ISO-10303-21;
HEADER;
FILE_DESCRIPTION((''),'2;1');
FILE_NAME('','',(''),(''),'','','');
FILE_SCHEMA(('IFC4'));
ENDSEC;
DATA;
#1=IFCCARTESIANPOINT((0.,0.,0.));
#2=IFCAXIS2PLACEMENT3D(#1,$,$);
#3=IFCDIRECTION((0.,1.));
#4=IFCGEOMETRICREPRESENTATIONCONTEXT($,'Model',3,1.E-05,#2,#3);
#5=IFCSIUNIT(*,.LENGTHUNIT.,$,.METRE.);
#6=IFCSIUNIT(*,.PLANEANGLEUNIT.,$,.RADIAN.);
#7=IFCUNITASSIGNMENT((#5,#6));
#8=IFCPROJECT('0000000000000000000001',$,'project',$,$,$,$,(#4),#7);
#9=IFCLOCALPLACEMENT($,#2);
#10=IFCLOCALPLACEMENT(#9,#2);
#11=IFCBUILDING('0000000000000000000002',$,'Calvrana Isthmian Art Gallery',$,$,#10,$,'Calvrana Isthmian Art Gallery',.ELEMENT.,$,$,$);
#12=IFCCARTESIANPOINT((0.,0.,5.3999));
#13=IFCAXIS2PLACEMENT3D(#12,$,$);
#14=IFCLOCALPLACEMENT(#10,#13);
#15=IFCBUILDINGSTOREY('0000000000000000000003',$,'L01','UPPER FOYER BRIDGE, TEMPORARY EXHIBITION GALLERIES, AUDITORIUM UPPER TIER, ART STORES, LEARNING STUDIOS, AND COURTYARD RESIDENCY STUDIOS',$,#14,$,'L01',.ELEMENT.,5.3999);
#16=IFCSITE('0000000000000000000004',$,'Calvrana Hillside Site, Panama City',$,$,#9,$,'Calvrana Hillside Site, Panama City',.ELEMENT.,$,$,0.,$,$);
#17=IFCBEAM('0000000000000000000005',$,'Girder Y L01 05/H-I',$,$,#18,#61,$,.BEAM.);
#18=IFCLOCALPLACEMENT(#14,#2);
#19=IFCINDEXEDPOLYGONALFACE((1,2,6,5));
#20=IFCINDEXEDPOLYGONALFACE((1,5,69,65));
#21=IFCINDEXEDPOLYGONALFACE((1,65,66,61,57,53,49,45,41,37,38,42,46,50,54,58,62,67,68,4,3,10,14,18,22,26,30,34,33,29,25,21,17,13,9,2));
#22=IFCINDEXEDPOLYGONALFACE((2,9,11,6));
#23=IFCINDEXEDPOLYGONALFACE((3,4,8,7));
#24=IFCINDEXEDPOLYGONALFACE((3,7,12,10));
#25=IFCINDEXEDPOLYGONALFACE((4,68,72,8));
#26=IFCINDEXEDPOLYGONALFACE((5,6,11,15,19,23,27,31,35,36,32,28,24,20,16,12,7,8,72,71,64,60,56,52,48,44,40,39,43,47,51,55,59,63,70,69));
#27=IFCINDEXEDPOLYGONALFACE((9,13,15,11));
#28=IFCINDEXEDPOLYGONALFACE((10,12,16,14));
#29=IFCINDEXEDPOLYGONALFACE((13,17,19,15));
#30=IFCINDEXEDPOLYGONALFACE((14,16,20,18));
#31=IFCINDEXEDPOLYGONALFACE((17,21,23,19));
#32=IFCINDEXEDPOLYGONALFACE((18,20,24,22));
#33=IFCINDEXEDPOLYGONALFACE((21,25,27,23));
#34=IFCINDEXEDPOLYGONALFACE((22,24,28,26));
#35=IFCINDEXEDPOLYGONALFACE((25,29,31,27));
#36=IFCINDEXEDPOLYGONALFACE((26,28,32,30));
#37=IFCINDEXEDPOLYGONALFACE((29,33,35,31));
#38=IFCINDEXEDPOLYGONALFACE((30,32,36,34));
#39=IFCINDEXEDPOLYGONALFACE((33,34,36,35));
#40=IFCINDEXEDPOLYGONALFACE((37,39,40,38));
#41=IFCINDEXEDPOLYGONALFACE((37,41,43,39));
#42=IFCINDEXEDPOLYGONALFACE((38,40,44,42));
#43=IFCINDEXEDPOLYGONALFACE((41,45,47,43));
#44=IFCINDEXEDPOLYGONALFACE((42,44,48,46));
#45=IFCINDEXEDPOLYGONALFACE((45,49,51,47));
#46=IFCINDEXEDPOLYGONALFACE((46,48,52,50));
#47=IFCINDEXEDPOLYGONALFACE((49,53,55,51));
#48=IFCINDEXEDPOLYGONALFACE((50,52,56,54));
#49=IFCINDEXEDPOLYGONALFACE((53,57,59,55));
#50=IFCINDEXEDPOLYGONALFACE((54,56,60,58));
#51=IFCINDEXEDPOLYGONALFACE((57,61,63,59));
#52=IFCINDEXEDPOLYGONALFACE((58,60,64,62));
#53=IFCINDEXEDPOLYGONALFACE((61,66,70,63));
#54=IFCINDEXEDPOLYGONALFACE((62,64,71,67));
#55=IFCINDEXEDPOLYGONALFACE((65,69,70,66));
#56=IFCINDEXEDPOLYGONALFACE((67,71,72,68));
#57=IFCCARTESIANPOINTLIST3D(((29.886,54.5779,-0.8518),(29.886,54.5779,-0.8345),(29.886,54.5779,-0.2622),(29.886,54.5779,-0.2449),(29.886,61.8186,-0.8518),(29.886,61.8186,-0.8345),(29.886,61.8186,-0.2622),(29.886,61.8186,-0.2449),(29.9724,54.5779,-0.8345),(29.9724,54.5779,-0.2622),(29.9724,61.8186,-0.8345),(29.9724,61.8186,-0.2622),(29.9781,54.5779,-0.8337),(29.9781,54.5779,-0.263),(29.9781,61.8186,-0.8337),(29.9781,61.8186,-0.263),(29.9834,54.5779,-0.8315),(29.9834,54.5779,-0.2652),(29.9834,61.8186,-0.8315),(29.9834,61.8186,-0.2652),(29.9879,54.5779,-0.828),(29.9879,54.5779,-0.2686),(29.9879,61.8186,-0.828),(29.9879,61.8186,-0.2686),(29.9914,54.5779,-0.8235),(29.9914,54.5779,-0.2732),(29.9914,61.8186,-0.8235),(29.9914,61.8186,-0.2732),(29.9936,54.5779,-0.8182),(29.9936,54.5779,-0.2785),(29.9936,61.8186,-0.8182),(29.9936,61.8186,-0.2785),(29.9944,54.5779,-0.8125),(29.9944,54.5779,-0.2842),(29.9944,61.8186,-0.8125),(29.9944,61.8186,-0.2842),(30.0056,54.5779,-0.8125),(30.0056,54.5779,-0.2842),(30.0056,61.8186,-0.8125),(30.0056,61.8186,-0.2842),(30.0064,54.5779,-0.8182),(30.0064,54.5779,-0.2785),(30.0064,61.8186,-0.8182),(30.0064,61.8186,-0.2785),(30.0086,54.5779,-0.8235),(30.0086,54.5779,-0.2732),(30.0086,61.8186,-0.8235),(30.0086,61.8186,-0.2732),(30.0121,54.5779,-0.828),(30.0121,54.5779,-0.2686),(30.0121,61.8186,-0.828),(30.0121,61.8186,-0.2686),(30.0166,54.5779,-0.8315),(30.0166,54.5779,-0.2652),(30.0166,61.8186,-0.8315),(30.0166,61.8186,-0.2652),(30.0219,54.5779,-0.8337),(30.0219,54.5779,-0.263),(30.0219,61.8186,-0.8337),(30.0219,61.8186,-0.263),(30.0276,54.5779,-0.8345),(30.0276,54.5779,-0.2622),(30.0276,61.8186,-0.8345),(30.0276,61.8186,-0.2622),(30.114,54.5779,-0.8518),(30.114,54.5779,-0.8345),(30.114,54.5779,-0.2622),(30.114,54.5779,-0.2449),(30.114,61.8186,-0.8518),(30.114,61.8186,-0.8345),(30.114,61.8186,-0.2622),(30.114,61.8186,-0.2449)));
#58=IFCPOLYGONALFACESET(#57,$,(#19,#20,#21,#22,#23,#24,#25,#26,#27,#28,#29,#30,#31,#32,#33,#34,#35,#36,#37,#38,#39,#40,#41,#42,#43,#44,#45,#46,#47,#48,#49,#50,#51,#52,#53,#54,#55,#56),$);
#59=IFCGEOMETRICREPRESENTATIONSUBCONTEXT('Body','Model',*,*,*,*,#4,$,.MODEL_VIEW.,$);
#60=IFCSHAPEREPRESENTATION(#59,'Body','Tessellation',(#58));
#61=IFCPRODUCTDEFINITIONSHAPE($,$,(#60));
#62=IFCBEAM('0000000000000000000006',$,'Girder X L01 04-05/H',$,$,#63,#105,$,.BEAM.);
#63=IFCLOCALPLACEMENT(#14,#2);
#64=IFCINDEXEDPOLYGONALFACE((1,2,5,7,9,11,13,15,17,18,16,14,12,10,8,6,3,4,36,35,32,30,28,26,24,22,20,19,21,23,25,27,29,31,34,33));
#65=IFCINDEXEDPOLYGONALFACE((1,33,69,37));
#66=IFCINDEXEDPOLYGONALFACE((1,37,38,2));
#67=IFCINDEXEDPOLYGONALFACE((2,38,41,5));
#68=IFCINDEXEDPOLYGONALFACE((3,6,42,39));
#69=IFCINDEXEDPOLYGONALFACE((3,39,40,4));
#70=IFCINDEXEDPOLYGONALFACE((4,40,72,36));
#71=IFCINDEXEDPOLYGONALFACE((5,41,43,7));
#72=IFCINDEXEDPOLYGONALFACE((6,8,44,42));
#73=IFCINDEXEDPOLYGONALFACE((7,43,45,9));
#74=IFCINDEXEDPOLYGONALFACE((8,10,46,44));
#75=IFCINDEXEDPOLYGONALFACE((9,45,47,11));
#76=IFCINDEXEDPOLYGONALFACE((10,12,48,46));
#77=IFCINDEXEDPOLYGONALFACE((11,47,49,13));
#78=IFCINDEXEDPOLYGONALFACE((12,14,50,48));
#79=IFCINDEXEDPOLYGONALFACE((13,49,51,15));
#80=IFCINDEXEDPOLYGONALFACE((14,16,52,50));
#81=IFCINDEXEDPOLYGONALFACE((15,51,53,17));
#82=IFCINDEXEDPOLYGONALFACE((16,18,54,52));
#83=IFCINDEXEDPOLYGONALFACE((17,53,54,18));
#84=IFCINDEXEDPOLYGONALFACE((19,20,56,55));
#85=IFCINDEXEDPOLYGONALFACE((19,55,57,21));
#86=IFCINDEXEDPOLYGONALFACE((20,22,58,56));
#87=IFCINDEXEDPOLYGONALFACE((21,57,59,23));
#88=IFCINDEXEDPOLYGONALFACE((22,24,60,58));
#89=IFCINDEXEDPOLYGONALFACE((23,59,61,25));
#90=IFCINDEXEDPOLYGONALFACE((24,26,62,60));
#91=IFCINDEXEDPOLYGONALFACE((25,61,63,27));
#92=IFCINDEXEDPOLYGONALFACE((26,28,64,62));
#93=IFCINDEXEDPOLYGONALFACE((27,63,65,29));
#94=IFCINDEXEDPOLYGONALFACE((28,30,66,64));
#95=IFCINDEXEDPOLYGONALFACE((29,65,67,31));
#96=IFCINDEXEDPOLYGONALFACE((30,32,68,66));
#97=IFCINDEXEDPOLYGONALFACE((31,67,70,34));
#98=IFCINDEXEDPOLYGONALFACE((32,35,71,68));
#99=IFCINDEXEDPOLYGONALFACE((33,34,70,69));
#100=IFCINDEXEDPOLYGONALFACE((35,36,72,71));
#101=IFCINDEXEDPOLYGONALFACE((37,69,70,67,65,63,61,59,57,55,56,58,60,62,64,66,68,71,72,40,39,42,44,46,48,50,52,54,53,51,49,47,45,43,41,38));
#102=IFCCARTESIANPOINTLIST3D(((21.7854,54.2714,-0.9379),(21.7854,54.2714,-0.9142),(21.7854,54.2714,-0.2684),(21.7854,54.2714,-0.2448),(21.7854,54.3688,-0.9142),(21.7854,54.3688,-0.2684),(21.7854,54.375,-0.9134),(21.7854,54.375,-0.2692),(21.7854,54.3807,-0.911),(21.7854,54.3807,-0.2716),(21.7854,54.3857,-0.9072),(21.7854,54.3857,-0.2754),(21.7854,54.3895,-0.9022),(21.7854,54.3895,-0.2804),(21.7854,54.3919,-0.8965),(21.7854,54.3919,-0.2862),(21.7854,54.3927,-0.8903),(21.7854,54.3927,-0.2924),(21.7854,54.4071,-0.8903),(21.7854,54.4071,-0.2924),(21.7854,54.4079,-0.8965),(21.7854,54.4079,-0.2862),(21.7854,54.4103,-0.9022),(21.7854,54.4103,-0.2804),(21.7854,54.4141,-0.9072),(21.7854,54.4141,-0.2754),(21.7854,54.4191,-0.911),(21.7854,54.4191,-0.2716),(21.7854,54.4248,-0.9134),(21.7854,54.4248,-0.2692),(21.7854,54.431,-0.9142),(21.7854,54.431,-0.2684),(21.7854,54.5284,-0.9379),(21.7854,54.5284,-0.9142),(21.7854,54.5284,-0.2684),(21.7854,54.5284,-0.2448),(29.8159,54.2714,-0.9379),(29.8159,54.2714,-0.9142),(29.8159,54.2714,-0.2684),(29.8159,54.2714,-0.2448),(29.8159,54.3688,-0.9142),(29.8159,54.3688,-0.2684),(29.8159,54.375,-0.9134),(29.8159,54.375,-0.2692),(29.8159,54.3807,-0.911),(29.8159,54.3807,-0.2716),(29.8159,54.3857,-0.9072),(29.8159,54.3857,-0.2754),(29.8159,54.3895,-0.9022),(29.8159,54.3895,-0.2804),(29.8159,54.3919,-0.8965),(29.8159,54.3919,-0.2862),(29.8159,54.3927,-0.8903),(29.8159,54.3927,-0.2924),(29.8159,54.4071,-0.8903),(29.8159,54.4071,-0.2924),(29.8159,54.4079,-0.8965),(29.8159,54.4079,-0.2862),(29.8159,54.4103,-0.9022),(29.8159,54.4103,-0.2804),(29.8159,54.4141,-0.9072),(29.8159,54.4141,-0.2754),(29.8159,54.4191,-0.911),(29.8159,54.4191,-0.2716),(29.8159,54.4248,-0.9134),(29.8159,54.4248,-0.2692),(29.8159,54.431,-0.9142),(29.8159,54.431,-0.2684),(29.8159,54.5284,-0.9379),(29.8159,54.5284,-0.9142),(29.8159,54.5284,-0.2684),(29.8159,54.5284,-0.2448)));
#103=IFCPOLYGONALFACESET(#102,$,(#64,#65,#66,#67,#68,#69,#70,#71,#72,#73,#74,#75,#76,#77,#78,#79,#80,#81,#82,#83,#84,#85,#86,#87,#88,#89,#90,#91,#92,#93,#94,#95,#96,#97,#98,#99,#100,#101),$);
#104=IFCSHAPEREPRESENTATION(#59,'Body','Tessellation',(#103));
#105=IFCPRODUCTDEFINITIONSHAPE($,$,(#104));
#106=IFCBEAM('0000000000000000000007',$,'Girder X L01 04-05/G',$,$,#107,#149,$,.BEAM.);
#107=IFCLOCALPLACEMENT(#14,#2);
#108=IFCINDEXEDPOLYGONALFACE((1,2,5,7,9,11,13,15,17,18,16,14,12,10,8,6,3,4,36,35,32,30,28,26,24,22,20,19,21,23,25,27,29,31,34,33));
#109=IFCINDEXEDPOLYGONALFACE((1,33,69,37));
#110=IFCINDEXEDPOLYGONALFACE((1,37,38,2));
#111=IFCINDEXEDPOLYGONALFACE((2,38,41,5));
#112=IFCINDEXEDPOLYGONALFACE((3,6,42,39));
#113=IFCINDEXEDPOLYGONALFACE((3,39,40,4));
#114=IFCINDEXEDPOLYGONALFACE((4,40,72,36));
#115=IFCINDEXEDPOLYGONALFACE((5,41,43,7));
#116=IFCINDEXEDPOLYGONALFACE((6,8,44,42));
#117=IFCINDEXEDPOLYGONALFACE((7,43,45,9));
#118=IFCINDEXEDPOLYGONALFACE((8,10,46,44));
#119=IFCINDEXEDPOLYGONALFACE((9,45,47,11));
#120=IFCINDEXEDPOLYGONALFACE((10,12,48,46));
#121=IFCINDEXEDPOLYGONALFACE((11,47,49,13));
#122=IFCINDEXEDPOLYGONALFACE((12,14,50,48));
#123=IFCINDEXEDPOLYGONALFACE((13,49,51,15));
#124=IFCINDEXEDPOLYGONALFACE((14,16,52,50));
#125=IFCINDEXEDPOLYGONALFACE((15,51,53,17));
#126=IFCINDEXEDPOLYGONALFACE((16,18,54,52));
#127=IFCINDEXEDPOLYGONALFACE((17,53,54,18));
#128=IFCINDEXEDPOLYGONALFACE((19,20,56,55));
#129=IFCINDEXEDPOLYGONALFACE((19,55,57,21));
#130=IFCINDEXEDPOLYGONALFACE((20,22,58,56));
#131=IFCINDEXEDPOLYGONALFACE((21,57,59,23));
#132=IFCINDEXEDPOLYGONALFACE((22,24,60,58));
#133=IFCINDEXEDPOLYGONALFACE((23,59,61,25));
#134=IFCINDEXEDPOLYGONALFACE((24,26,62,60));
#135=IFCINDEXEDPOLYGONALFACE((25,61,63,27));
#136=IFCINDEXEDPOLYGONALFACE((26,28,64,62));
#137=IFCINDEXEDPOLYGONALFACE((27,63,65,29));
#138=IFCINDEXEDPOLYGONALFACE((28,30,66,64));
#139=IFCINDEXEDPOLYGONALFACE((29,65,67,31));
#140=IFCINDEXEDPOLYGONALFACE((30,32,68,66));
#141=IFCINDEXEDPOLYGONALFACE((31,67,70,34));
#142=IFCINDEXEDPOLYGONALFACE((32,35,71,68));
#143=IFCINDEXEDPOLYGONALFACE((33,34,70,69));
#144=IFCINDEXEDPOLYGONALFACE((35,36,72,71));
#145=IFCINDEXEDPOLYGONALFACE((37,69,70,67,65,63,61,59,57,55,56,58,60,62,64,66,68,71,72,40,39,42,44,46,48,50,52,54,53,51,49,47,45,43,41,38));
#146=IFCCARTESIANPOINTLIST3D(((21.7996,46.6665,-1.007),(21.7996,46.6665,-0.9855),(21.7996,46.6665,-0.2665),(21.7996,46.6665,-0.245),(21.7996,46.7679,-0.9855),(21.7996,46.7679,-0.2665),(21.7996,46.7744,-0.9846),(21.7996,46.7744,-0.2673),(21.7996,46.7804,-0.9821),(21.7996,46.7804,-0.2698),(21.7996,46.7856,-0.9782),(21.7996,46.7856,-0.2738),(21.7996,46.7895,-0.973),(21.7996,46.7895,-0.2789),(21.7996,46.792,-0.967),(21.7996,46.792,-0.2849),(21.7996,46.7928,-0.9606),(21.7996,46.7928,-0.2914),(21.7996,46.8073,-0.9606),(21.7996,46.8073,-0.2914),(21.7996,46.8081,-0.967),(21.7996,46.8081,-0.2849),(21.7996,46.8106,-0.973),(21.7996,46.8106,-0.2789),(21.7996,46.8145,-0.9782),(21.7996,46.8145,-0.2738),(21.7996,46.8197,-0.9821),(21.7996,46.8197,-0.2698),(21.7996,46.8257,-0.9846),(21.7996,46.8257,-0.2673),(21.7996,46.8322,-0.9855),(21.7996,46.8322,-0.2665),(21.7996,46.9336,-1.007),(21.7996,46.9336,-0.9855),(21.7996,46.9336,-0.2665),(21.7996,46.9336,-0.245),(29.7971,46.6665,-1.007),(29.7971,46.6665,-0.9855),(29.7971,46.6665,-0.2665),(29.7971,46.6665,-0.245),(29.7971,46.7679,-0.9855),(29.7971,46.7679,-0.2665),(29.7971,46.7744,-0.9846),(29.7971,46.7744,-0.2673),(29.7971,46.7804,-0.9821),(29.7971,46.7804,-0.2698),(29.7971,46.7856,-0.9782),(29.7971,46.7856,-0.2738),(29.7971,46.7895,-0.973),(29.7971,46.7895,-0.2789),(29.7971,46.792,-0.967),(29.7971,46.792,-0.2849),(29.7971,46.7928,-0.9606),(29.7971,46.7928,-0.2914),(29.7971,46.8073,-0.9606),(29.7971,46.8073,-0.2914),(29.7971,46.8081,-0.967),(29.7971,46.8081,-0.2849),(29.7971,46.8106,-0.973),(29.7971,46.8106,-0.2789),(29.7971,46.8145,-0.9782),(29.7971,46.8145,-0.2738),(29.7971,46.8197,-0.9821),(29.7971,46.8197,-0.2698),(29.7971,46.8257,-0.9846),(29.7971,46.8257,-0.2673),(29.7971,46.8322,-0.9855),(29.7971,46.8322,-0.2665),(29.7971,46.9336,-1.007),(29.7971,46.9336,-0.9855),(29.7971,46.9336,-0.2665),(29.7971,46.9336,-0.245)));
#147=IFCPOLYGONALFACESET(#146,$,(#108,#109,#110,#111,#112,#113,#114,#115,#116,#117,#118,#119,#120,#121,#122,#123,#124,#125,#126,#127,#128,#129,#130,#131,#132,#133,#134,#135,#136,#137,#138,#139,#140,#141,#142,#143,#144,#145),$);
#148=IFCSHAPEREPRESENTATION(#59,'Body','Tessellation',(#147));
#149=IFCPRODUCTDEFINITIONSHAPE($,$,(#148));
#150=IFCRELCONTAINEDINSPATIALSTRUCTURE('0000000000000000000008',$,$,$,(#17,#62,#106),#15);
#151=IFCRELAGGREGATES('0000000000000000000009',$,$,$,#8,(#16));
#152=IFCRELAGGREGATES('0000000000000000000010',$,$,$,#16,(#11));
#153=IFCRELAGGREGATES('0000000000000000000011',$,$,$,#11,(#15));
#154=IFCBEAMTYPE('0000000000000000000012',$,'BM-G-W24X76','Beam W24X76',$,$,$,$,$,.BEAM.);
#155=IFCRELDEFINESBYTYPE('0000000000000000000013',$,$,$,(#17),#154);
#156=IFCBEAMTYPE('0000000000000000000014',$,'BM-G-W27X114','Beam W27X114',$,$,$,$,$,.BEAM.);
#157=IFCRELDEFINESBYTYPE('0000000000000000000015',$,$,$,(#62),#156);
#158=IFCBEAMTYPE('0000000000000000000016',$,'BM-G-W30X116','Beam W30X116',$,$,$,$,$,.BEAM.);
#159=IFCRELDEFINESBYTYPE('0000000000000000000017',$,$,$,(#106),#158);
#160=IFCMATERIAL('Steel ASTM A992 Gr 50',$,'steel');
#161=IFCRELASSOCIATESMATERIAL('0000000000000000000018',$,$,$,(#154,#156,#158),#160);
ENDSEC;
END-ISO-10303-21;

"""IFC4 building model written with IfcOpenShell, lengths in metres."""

from ifc_helpers import new_model, si_unit, direction, frame, origin, origin_2d, place, context, subcontext, project, spatial, i_section, extrude, material, material_profile, profile_set, type_object, element, save


model = new_model("IFC4")

# Units and contexts
model_context = context("Model", 3, precision=1e-05, world=origin(), true_north=direction((0.0, 1.0)))
body_context = subcontext(model_context, "Body", "Model", "MODEL_VIEW")
ifc_project = project(units=[si_unit("LENGTHUNIT", "METRE"), si_unit("PLANEANGLEUNIT", "RADIAN")], contexts=[model_context])

# Site, building, storey
site_placement = place(None, origin())
site = spatial("IfcSite", under=ifc_project, at=site_placement, Name="Calvrana Hillside Site, Panama City", LongName="Calvrana Hillside Site, Panama City", CompositionType="ELEMENT", RefElevation=0.0)
building_placement = place(site_placement, origin())
building = spatial("IfcBuilding", under=site, at=building_placement, Name="Calvrana Isthmian Art Gallery", LongName="Calvrana Isthmian Art Gallery", CompositionType="ELEMENT")
storey_placement = place(building_placement, frame((0.0, 0.0, 5.3999)))
storey = spatial("IfcBuildingStorey", under=building, at=storey_placement, Name="L01", Description="UPPER FOYER BRIDGE, TEMPORARY EXHIBITION GALLERIES, AUDITORIUM UPPER TIER, ART STORES, LEARNING STUDIOS, AND COURTYARD RESIDENCY STUDIOS", LongName="L01", CompositionType="ELEMENT", Elevation=5.3999)

# Shared definitions
ifc_material_1 = material(Name="Steel ASTM A992 Gr 50", Category="steel")

# Beams
ifc_material_profile_1 = material_profile(ifc_material_1, i_section(OverallWidth=0.228, OverallDepth=0.6069, WebThickness=0.0112, FlangeThickness=0.0173, FilletRadius=0.022, at=origin_2d()), Name="W24X76")
ifc_profile_set_1 = profile_set([ifc_material_profile_1], Name="Steel ASTM A992 Gr 50")
beam_type_1 = type_object("IfcBeamType", Name="BM-G-W24X76", Description="Beam W24X76", PredefinedType="BEAM", material=ifc_profile_set_1)
beam_1_placement = place(storey_placement, frame((30.0, 54.5779, -0.5483), z_axis=(0.0, 1.0, 0.0), x_axis=(-1.0, 0.0, 0.0)))
element("IfcBeam", 1, at=beam_1_placement, inside=storey, type_object=beam_type_1, Name="Girder Y L01 05/H-I", PredefinedType="BEAM", context=body_context, shape_type="SweptSolid", body=[
    extrude(i_section(OverallWidth=0.228, OverallDepth=0.6069, WebThickness=0.0112, FlangeThickness=0.0173, FilletRadius=0.022, at=origin_2d()), origin(), (0.0, 0.0, 1.0), 7.2407),
])
ifc_material_profile_2 = material_profile(ifc_material_1, i_section(OverallWidth=0.2571, OverallDepth=0.6931, WebThickness=0.0144, FlangeThickness=0.0237, FilletRadius=0.0239, at=origin_2d()), Name="W27X114")
ifc_profile_set_2 = profile_set([ifc_material_profile_2], Name="Steel ASTM A992 Gr 50")
beam_type_2 = type_object("IfcBeamType", Name="BM-G-W27X114", Description="Beam W27X114", PredefinedType="BEAM", material=ifc_profile_set_2)
beam_2_placement = place(storey_placement, frame((21.7854, 54.3999, -0.5913), z_axis=(1.0, 0.0, 0.0), x_axis=(0.0, 1.0, 0.0)))
element("IfcBeam", 2, at=beam_2_placement, inside=storey, type_object=beam_type_2, Name="Girder X L01 04-05/H", PredefinedType="BEAM", context=body_context, shape_type="SweptSolid", body=[
    extrude(i_section(OverallWidth=0.2571, OverallDepth=0.6931, WebThickness=0.0144, FlangeThickness=0.0237, FilletRadius=0.0239, at=origin_2d()), origin(), (0.0, 0.0, 1.0), 8.0305),
])
ifc_material_profile_3 = material_profile(ifc_material_1, i_section(OverallWidth=0.2671, OverallDepth=0.762, WebThickness=0.0144, FlangeThickness=0.0215, FilletRadius=0.0249, at=origin_2d()), Name="W30X116")
ifc_profile_set_3 = profile_set([ifc_material_profile_3], Name="Steel ASTM A992 Gr 50")
beam_type_3 = type_object("IfcBeamType", Name="BM-G-W30X116", Description="Beam W30X116", PredefinedType="BEAM", material=ifc_profile_set_3)
beam_3_placement = place(storey_placement, frame((21.7996, 46.8, -0.626), z_axis=(1.0, 0.0, 0.0), x_axis=(0.0, 1.0, 0.0)))
element("IfcBeam", 3, at=beam_3_placement, inside=storey, type_object=beam_type_3, Name="Girder X L01 04-05/G", PredefinedType="BEAM", context=body_context, shape_type="SweptSolid", body=[
    extrude(i_section(OverallWidth=0.2671, OverallDepth=0.762, WebThickness=0.0144, FlangeThickness=0.0215, FilletRadius=0.0249, at=origin_2d()), origin(), (0.0, 0.0, 1.0), 7.9976),
])

save(model, "model.ifc")
